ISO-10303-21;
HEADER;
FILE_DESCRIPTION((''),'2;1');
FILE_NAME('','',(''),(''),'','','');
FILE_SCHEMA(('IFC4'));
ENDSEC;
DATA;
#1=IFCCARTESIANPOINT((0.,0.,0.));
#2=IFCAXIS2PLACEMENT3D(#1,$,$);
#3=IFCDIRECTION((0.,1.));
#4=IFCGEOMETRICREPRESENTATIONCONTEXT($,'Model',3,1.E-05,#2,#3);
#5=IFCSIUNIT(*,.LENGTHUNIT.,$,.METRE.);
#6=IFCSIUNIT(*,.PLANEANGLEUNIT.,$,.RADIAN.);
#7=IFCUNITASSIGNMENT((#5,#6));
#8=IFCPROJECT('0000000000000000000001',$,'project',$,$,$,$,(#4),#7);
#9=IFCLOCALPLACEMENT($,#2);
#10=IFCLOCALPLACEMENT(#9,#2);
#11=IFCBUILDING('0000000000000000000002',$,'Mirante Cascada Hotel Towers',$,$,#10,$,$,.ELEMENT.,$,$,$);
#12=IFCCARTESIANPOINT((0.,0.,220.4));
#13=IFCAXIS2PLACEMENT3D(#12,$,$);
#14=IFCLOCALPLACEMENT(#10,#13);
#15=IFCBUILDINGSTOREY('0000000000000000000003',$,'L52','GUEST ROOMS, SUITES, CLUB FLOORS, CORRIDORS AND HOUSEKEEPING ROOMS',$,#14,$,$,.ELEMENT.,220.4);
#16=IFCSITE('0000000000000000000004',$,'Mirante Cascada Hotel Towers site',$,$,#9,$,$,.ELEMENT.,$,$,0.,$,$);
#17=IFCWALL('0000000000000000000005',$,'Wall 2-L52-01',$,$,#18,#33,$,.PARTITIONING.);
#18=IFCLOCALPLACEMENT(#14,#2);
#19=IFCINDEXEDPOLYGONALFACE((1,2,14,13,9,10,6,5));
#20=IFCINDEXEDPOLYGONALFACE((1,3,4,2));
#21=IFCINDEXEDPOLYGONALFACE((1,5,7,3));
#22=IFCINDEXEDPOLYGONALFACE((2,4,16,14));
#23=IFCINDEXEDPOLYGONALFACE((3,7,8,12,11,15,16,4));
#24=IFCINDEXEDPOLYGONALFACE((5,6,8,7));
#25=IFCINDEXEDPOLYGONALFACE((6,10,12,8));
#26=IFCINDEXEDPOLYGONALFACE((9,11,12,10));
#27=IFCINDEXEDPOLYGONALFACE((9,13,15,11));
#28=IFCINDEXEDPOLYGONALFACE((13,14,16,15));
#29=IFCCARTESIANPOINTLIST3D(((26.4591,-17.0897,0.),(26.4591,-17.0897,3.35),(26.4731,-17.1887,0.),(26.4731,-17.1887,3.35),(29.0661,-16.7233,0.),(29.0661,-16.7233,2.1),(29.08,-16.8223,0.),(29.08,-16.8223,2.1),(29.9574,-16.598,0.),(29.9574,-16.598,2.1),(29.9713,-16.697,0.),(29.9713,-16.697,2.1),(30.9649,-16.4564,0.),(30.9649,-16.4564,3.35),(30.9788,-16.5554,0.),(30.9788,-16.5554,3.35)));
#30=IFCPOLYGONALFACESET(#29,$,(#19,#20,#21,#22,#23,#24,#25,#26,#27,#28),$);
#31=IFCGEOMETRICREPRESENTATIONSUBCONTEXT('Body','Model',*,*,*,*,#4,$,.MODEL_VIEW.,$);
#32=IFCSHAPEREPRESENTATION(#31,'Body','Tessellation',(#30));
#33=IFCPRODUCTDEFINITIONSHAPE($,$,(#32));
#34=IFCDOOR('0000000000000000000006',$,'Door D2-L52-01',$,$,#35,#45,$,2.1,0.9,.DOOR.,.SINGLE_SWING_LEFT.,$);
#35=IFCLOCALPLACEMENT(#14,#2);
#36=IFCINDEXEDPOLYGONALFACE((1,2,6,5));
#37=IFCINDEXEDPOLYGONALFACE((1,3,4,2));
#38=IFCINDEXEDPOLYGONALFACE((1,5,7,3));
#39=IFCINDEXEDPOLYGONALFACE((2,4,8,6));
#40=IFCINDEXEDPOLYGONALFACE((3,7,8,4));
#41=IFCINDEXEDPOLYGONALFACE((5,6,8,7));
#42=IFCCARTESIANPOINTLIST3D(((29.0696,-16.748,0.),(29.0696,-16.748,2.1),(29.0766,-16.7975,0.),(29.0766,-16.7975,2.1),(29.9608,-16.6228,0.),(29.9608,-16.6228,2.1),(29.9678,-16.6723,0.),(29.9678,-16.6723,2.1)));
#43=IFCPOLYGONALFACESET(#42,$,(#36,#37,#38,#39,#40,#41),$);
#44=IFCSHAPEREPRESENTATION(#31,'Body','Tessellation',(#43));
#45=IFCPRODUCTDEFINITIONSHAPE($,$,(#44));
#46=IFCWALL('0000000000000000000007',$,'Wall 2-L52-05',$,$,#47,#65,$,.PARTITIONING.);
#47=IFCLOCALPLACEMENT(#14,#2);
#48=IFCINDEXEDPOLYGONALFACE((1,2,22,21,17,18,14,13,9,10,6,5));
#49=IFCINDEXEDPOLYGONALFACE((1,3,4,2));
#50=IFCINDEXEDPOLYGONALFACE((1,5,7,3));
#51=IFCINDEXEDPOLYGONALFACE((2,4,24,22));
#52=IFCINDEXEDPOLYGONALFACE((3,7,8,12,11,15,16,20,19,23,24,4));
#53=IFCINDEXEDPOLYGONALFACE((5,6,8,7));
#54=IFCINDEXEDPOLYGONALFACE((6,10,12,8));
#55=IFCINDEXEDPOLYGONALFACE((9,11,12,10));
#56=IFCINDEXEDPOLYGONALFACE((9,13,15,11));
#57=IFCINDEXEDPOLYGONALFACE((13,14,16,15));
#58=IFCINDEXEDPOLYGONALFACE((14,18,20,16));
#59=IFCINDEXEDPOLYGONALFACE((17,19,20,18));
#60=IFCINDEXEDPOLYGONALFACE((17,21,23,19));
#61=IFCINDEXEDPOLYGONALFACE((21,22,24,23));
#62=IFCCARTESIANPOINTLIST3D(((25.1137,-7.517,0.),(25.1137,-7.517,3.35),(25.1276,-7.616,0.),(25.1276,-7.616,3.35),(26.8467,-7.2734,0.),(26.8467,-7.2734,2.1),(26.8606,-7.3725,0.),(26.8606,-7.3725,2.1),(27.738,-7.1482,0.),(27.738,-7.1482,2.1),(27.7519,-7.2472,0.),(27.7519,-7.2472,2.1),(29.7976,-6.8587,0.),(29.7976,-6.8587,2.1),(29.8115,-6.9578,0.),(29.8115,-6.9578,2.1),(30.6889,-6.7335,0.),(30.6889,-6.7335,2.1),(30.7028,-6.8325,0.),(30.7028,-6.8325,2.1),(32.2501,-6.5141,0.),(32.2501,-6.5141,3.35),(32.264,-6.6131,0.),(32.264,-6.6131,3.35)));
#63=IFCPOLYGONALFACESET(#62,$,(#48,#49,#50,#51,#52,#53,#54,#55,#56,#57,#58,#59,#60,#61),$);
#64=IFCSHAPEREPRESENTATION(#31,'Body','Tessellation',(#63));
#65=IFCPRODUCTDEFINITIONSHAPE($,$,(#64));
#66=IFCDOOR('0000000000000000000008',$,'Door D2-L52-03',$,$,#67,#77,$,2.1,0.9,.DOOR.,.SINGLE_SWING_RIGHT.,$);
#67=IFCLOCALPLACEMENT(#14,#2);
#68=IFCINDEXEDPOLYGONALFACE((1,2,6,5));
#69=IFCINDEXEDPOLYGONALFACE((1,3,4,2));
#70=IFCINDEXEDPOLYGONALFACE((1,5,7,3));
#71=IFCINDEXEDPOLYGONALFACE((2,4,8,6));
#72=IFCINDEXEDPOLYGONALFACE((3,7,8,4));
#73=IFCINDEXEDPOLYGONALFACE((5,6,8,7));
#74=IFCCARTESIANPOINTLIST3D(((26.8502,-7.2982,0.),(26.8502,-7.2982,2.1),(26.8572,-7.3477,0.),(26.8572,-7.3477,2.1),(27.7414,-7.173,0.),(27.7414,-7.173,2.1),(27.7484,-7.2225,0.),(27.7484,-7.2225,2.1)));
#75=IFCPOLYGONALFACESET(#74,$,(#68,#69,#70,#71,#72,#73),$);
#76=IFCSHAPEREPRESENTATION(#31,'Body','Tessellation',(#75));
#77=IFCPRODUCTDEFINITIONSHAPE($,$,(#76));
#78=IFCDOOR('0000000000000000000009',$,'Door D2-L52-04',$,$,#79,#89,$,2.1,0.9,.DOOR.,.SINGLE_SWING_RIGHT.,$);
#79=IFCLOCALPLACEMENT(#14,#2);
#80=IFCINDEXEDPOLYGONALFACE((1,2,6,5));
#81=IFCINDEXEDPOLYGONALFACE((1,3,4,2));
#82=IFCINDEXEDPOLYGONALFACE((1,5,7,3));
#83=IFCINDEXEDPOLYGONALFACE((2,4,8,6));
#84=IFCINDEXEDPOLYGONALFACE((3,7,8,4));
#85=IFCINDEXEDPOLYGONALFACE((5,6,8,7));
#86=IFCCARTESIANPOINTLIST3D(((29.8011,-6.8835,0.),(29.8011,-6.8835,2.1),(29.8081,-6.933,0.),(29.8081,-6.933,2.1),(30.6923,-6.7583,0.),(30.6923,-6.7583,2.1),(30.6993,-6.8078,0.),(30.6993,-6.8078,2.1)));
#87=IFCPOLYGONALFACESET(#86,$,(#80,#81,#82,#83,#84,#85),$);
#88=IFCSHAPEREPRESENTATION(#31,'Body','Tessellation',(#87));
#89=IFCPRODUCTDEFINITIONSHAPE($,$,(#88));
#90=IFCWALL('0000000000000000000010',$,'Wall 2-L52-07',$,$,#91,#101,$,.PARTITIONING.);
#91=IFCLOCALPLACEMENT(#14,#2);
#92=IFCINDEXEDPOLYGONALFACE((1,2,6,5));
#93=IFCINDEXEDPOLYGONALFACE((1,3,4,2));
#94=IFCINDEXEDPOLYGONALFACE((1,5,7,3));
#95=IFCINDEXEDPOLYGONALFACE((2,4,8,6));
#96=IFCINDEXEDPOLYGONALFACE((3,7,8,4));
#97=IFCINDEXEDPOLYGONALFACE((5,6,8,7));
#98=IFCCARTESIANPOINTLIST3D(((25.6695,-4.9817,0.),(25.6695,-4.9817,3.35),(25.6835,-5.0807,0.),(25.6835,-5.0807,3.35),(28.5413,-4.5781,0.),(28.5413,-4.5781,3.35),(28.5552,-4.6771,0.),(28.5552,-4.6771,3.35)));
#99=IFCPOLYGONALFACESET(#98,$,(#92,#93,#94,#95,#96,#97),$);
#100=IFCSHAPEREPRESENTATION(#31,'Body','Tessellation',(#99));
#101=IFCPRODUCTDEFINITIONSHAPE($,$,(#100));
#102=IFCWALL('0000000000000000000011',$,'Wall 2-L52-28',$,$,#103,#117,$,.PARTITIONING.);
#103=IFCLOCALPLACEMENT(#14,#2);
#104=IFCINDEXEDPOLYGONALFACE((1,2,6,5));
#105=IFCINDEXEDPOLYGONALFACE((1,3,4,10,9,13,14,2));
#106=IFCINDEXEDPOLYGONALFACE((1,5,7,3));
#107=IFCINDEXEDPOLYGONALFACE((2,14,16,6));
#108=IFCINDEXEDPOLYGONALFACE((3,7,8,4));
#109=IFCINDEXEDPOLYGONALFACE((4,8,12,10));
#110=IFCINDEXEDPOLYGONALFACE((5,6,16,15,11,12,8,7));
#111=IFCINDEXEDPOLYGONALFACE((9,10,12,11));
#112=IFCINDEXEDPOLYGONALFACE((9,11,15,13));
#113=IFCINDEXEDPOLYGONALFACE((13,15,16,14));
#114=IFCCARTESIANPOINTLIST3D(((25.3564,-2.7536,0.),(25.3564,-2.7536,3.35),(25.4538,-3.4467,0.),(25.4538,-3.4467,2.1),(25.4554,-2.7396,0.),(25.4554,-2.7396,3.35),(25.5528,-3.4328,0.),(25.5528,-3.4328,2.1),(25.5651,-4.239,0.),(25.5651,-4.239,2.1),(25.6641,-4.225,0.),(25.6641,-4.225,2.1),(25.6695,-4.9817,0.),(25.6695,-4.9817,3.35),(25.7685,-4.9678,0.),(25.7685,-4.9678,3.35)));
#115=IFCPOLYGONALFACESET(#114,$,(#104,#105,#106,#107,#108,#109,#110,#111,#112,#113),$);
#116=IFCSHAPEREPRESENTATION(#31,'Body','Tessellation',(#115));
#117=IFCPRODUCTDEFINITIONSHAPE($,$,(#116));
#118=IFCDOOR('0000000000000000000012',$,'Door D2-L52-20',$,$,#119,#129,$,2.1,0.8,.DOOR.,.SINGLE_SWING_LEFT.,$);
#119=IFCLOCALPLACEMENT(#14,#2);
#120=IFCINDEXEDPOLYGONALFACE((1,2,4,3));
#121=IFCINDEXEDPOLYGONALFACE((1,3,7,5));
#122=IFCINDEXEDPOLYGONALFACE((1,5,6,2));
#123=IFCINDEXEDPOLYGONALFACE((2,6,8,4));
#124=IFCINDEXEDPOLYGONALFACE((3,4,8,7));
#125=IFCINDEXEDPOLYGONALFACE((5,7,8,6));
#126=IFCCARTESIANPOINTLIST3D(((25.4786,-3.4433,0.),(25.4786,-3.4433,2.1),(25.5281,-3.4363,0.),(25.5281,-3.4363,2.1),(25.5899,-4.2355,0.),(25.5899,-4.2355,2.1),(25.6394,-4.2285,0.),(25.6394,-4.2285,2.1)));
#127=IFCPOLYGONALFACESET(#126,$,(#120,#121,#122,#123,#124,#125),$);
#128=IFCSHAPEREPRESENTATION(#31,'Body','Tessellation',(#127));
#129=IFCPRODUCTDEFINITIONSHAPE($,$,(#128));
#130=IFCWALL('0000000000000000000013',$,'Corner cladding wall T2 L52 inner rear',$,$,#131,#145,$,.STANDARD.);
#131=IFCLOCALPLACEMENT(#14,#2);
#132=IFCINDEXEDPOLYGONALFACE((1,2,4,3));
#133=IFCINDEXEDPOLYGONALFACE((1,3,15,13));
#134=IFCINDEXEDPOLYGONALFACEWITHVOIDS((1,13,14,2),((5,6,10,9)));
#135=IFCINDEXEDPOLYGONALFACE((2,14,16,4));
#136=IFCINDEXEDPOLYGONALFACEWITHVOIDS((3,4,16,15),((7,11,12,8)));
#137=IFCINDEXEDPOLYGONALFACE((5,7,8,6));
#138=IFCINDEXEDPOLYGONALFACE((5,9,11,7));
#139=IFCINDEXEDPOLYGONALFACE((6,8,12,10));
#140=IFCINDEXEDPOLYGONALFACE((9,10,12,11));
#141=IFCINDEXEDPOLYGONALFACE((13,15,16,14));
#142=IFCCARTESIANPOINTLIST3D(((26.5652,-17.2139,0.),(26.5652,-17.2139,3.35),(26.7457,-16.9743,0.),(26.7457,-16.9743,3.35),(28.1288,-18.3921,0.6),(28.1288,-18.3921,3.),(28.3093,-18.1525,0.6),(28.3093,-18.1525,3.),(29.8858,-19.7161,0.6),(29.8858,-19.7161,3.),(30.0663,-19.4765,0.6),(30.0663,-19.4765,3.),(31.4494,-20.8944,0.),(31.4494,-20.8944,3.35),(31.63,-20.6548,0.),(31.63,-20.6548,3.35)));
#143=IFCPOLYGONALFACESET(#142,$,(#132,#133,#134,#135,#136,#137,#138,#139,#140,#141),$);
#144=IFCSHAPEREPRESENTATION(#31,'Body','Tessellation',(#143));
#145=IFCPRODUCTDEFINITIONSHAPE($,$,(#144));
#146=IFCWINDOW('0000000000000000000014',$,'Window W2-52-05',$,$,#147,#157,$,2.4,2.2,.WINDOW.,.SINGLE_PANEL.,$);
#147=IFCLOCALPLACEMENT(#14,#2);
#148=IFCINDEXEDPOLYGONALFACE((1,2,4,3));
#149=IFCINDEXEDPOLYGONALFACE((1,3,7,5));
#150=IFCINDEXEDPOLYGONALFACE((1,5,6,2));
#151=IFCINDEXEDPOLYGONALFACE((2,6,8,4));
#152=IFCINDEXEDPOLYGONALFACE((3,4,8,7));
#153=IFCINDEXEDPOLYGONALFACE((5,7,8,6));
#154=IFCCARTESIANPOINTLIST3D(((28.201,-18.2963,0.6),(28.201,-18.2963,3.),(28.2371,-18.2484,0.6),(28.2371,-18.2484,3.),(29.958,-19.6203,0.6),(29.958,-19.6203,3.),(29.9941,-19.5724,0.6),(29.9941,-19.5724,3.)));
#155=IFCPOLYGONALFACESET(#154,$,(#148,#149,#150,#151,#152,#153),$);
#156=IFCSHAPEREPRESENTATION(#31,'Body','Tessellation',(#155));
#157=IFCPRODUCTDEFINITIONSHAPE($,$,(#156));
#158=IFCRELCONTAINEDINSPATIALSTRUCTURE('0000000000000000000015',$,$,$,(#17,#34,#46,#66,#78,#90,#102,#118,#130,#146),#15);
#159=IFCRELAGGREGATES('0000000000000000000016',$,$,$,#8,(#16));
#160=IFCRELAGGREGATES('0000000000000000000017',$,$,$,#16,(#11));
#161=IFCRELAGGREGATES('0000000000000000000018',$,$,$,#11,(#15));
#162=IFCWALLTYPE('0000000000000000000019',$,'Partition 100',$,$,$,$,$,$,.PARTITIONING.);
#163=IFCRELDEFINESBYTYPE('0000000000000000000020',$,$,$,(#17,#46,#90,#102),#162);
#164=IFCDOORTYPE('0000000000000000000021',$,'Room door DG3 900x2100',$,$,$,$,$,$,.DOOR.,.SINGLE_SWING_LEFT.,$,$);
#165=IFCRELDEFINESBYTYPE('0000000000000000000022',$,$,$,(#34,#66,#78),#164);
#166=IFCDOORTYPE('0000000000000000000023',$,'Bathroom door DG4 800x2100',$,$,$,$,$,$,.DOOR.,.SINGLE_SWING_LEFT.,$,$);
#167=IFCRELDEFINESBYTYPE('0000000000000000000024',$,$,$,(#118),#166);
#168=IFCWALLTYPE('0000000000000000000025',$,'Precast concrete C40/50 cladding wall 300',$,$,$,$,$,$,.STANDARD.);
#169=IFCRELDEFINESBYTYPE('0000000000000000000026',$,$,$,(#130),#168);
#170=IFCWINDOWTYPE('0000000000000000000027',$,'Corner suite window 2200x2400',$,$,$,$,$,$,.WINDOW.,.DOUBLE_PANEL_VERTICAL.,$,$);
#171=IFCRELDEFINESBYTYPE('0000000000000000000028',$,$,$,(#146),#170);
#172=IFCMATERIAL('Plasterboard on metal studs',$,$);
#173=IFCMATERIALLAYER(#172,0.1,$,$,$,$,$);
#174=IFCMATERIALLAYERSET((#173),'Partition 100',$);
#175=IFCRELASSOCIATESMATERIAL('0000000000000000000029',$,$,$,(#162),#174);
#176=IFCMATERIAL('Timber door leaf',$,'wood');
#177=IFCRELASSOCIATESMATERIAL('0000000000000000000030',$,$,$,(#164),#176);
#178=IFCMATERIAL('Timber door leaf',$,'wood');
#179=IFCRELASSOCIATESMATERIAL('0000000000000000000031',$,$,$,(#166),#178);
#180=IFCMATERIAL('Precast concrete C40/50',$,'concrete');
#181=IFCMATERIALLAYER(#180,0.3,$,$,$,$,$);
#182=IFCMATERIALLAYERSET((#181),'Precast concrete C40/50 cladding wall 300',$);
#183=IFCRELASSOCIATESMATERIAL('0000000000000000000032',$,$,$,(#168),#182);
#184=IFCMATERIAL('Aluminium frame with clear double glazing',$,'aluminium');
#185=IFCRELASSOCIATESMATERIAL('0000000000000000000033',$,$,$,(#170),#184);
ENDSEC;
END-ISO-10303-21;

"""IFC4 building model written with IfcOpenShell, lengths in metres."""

from ifc_helpers import new_model, si_unit, direction, frame, frame_2d, origin, place, context, subcontext, project, spatial, rectangle, extrude, material, layer, layer_set, type_object, element, fill, save


model = new_model("IFC4")

# Units and contexts
model_context = context("Model", 3, precision=1e-05, world=origin(), true_north=direction((0.0, 1.0)))
body_context = subcontext(model_context, "Body", "Model", "MODEL_VIEW")
ifc_project = project(units=[si_unit("LENGTHUNIT", "METRE"), si_unit("PLANEANGLEUNIT", "RADIAN")], contexts=[model_context])

# Site, building, storey
site_placement = place(None, origin())
site = spatial("IfcSite", under=ifc_project, at=site_placement, Name="Mirante Cascada Hotel Towers site", CompositionType="ELEMENT", RefElevation=0.0)
building_placement = place(site_placement, origin())
building = spatial("IfcBuilding", under=site, at=building_placement, Name="Mirante Cascada Hotel Towers", CompositionType="ELEMENT")
storey_placement = place(building_placement, frame((0.0, 0.0, 220.4)))
storey = spatial("IfcBuildingStorey", under=building, at=storey_placement, Name="L52", Description="GUEST ROOMS, SUITES, CLUB FLOORS, CORRIDORS AND HOUSEKEEPING ROOMS", CompositionType="ELEMENT", Elevation=220.4)

# Wall, opening, door
ifc_material_1 = material(Name="Plasterboard on metal studs")
ifc_layer_1 = layer(ifc_material_1, 0.1)
ifc_layer_set_1 = layer_set([ifc_layer_1], Name="Partition 100")
wall_type_1 = type_object("IfcWallType", Name="Partition 100", PredefinedType="PARTITIONING", material=ifc_layer_set_1)
wall_1_placement = place(storey_placement, frame((26.4661, -17.1392, 0.0), z_axis=(0.0, 0.0, 1.0), x_axis=(0.990266, 0.139187, 0.0)))
wall_1 = element("IfcWall", 1, at=wall_1_placement, inside=storey, type_object=wall_type_1, Name="Wall 2-L52-01", PredefinedType="PARTITIONING", context=body_context, shape_type="SweptSolid", body=[
    extrude(rectangle(XDim=4.55, YDim=0.1, at=frame_2d((2.275, 0.0))), origin(), (0.0, 0.0, 1.0), 3.35),
])
opening_1_placement = place(wall_1_placement, frame((2.6326, 0.0, 0.0)))
opening_1 = element("IfcOpeningElement", 2, at=opening_1_placement, cuts=wall_1, PredefinedType="OPENING", context=body_context, shape_type="SweptSolid", body=[
    extrude(rectangle(XDim=0.9, YDim=2.1, at=frame_2d((0.45, 1.05))), frame((0.0, 0.05, 0.0), z_axis=(0.0, -1.0, 0.0), x_axis=(1.0, 0.0, 0.0)), (0.0, 0.0, 1.0), 0.1),
])
ifc_material_2 = material(Name="Timber door leaf", Category="wood")
door_type_1 = type_object("IfcDoorType", Name="Room door DG3 900x2100", OperationType="SINGLE_SWING_LEFT", PredefinedType="DOOR", material=ifc_material_2)
door_1_placement = place(opening_1_placement, origin())
door_1 = element("IfcDoor", 3, at=door_1_placement, inside=storey, type_object=door_type_1, Name="Door D2-L52-01", OperationType="SINGLE_SWING_LEFT", OverallHeight=2.1, OverallWidth=0.9, PredefinedType="DOOR", context=body_context, shape_type="SweptSolid", body=[
    extrude(rectangle(XDim=0.9, YDim=2.1, at=frame_2d((0.45, 1.05))), frame((0.0, 0.025, 0.0), z_axis=(0.0, -1.0, 0.0), x_axis=(1.0, 0.0, 0.0)), (0.0, 0.0, 1.0), 0.05),
])
fill(opening_1, door_1)

# Wall, openings, doors
wall_2_placement = place(storey_placement, frame((25.1207, -7.5665, 0.0), z_axis=(0.0, 0.0, 1.0), x_axis=(0.990269, 0.139165, 0.0)))
wall_2 = element("IfcWall", 4, at=wall_2_placement, inside=storey, type_object=wall_type_1, Name="Wall 2-L52-05", PredefinedType="PARTITIONING", context=body_context, shape_type="SweptSolid", body=[
    extrude(rectangle(XDim=7.2065, YDim=0.1, at=frame_2d((3.6032, 0.0))), origin(), (0.0, 0.0, 1.0), 3.35),
])
opening_2_placement = place(wall_2_placement, frame((1.75, 0.0, 0.0)))
opening_2 = element("IfcOpeningElement", 5, at=opening_2_placement, cuts=wall_2, PredefinedType="OPENING", context=body_context, shape_type="SweptSolid", body=[
    extrude(rectangle(XDim=0.9, YDim=2.1, at=frame_2d((0.45, 1.05))), frame((0.0, 0.05, 0.0), z_axis=(0.0, -1.0, 0.0), x_axis=(1.0, 0.0, 0.0)), (0.0, 0.0, 1.0), 0.1),
])
opening_3_placement = place(wall_2_placement, frame((4.7299, 0.0, 0.0)))
opening_3 = element("IfcOpeningElement", 6, at=opening_3_placement, cuts=wall_2, PredefinedType="OPENING", context=body_context, shape_type="SweptSolid", body=[
    extrude(rectangle(XDim=0.9, YDim=2.1, at=frame_2d((0.45, 1.05))), frame((0.0, 0.05, 0.0), z_axis=(0.0, -1.0, 0.0), x_axis=(1.0, 0.0, 0.0)), (0.0, 0.0, 1.0), 0.1),
])
door_2_placement = place(opening_2_placement, frame((0.9, 0.0, 0.0), z_axis=(0.0, 0.0, 1.0), x_axis=(-1.0, 0.0, 0.0)))
door_2 = element("IfcDoor", 7, at=door_2_placement, inside=storey, type_object=door_type_1, Name="Door D2-L52-03", OperationType="SINGLE_SWING_RIGHT", OverallHeight=2.1, OverallWidth=0.9, PredefinedType="DOOR", context=body_context, shape_type="SweptSolid", body=[
    extrude(rectangle(XDim=0.9, YDim=2.1, at=frame_2d((0.45, 1.05))), frame((0.0, 0.025, 0.0), z_axis=(0.0, -1.0, 0.0), x_axis=(1.0, 0.0, 0.0)), (0.0, 0.0, 1.0), 0.05),
])
fill(opening_2, door_2)
door_3_placement = place(opening_3_placement, frame((0.9, 0.0, 0.0), z_axis=(0.0, 0.0, 1.0), x_axis=(-1.0, 0.0, 0.0)))
door_3 = element("IfcDoor", 8, at=door_3_placement, inside=storey, type_object=door_type_1, Name="Door D2-L52-04", OperationType="SINGLE_SWING_RIGHT", OverallHeight=2.1, OverallWidth=0.9, PredefinedType="DOOR", context=body_context, shape_type="SweptSolid", body=[
    extrude(rectangle(XDim=0.9, YDim=2.1, at=frame_2d((0.45, 1.05))), frame((0.0, 0.025, 0.0), z_axis=(0.0, -1.0, 0.0), x_axis=(1.0, 0.0, 0.0)), (0.0, 0.0, 1.0), 0.05),
])
fill(opening_3, door_3)

# Wall
wall_3_placement = place(storey_placement, frame((25.6765, -5.0312, 0.0), z_axis=(0.0, 0.0, 1.0), x_axis=(0.990268, 0.139171, 0.0)))
element("IfcWall", 9, at=wall_3_placement, inside=storey, type_object=wall_type_1, Name="Wall 2-L52-07", PredefinedType="PARTITIONING", context=body_context, shape_type="SweptSolid", body=[
    extrude(rectangle(XDim=2.9, YDim=0.1, at=frame_2d((1.45, 0.0))), origin(), (0.0, 0.0, 1.0), 3.35),
])

# Wall, opening, door
wall_4_placement = place(storey_placement, frame((25.4059, -2.7466, 0.0), z_axis=(0.0, 0.0, 1.0), x_axis=(0.139156, -0.990271, 0.0)))
wall_4 = element("IfcWall", 10, at=wall_4_placement, inside=storey, type_object=wall_type_1, Name="Wall 2-L52-28", PredefinedType="PARTITIONING", context=body_context, shape_type="SweptSolid", body=[
    extrude(rectangle(XDim=2.25, YDim=0.1, at=frame_2d((1.125, 0.0))), origin(), (0.0, 0.0, 1.0), 3.35),
])
opening_4_placement = place(wall_4_placement, frame((0.7, 0.0, 0.0)))
opening_4 = element("IfcOpeningElement", 11, at=opening_4_placement, cuts=wall_4, PredefinedType="OPENING", context=body_context, shape_type="SweptSolid", body=[
    extrude(rectangle(XDim=0.8, YDim=2.1, at=frame_2d((0.4, 1.05))), frame((0.0, 0.05, 0.0), z_axis=(0.0, -1.0, 0.0), x_axis=(1.0, 0.0, 0.0)), (0.0, 0.0, 1.0), 0.1),
])
ifc_material_3 = material(Name="Timber door leaf", Category="wood")
door_type_2 = type_object("IfcDoorType", Name="Bathroom door DG4 800x2100", OperationType="SINGLE_SWING_LEFT", PredefinedType="DOOR", material=ifc_material_3)
door_4_placement = place(opening_4_placement, origin())
door_4 = element("IfcDoor", 12, at=door_4_placement, inside=storey, type_object=door_type_2, Name="Door D2-L52-20", OperationType="SINGLE_SWING_LEFT", OverallHeight=2.1, OverallWidth=0.8, PredefinedType="DOOR", context=body_context, shape_type="SweptSolid", body=[
    extrude(rectangle(XDim=0.8, YDim=2.1, at=frame_2d((0.4, 1.05))), frame((0.0, 0.025, 0.0), z_axis=(0.0, -1.0, 0.0), x_axis=(1.0, 0.0, 0.0)), (0.0, 0.0, 1.0), 0.05),
])
fill(opening_4, door_4)

# Wall, opening, window
ifc_material_4 = material(Name="Precast concrete C40/50", Category="concrete")
ifc_layer_2 = layer(ifc_material_4, 0.3)
ifc_layer_set_2 = layer_set([ifc_layer_2], Name="Precast concrete C40/50 cladding wall 300")
wall_type_2 = type_object("IfcWallType", Name="Precast concrete C40/50 cladding wall 300", PredefinedType="STANDARD", material=ifc_layer_set_2)
wall_5_placement = place(storey_placement, frame((26.6555, -17.0941, 0.0), z_axis=(0.0, 0.0, 1.0), x_axis=(0.798636, -0.601814, 0.0)))
wall_5 = element("IfcWall", 13, at=wall_5_placement, inside=storey, type_object=wall_type_2, Name="Corner cladding wall T2 L52 inner rear", PredefinedType="STANDARD", context=body_context, shape_type="SweptSolid", body=[
    extrude(rectangle(XDim=6.1157, YDim=0.3, at=frame_2d((3.0578, 0.0))), origin(), (0.0, 0.0, 1.0), 3.35),
])
opening_5_placement = place(wall_5_placement, frame((1.9578, 0.0, 0.6)))
opening_5 = element("IfcOpeningElement", 14, at=opening_5_placement, cuts=wall_5, PredefinedType="OPENING", context=body_context, shape_type="SweptSolid", body=[
    extrude(rectangle(XDim=2.2, YDim=2.4, at=frame_2d((1.1, 1.2))), frame((0.0, 0.15, 0.0), z_axis=(0.0, -1.0, 0.0), x_axis=(1.0, 0.0, 0.0)), (0.0, 0.0, 1.0), 0.3),
])
ifc_material_5 = material(Name="Aluminium frame with clear double glazing", Category="aluminium")
window_type = type_object("IfcWindowType", Name="Corner suite window 2200x2400", PartitioningType="DOUBLE_PANEL_VERTICAL", PredefinedType="WINDOW", material=ifc_material_5)
window_placement = place(opening_5_placement, origin())
window = element("IfcWindow", 15, at=window_placement, inside=storey, type_object=window_type, Name="Window W2-52-05", OverallHeight=2.4, OverallWidth=2.2, PartitioningType="SINGLE_PANEL", PredefinedType="WINDOW", context=body_context, shape_type="SweptSolid", body=[
    extrude(rectangle(XDim=2.2, YDim=2.4, at=frame_2d((1.1, 1.2))), frame((0.0, 0.03, 0.0), z_axis=(0.0, -1.0, 0.0), x_axis=(1.0, 0.0, 0.0)), (0.0, 0.0, 1.0), 0.06),
])
fill(opening_5, window)

save(model, "model.ifc")
